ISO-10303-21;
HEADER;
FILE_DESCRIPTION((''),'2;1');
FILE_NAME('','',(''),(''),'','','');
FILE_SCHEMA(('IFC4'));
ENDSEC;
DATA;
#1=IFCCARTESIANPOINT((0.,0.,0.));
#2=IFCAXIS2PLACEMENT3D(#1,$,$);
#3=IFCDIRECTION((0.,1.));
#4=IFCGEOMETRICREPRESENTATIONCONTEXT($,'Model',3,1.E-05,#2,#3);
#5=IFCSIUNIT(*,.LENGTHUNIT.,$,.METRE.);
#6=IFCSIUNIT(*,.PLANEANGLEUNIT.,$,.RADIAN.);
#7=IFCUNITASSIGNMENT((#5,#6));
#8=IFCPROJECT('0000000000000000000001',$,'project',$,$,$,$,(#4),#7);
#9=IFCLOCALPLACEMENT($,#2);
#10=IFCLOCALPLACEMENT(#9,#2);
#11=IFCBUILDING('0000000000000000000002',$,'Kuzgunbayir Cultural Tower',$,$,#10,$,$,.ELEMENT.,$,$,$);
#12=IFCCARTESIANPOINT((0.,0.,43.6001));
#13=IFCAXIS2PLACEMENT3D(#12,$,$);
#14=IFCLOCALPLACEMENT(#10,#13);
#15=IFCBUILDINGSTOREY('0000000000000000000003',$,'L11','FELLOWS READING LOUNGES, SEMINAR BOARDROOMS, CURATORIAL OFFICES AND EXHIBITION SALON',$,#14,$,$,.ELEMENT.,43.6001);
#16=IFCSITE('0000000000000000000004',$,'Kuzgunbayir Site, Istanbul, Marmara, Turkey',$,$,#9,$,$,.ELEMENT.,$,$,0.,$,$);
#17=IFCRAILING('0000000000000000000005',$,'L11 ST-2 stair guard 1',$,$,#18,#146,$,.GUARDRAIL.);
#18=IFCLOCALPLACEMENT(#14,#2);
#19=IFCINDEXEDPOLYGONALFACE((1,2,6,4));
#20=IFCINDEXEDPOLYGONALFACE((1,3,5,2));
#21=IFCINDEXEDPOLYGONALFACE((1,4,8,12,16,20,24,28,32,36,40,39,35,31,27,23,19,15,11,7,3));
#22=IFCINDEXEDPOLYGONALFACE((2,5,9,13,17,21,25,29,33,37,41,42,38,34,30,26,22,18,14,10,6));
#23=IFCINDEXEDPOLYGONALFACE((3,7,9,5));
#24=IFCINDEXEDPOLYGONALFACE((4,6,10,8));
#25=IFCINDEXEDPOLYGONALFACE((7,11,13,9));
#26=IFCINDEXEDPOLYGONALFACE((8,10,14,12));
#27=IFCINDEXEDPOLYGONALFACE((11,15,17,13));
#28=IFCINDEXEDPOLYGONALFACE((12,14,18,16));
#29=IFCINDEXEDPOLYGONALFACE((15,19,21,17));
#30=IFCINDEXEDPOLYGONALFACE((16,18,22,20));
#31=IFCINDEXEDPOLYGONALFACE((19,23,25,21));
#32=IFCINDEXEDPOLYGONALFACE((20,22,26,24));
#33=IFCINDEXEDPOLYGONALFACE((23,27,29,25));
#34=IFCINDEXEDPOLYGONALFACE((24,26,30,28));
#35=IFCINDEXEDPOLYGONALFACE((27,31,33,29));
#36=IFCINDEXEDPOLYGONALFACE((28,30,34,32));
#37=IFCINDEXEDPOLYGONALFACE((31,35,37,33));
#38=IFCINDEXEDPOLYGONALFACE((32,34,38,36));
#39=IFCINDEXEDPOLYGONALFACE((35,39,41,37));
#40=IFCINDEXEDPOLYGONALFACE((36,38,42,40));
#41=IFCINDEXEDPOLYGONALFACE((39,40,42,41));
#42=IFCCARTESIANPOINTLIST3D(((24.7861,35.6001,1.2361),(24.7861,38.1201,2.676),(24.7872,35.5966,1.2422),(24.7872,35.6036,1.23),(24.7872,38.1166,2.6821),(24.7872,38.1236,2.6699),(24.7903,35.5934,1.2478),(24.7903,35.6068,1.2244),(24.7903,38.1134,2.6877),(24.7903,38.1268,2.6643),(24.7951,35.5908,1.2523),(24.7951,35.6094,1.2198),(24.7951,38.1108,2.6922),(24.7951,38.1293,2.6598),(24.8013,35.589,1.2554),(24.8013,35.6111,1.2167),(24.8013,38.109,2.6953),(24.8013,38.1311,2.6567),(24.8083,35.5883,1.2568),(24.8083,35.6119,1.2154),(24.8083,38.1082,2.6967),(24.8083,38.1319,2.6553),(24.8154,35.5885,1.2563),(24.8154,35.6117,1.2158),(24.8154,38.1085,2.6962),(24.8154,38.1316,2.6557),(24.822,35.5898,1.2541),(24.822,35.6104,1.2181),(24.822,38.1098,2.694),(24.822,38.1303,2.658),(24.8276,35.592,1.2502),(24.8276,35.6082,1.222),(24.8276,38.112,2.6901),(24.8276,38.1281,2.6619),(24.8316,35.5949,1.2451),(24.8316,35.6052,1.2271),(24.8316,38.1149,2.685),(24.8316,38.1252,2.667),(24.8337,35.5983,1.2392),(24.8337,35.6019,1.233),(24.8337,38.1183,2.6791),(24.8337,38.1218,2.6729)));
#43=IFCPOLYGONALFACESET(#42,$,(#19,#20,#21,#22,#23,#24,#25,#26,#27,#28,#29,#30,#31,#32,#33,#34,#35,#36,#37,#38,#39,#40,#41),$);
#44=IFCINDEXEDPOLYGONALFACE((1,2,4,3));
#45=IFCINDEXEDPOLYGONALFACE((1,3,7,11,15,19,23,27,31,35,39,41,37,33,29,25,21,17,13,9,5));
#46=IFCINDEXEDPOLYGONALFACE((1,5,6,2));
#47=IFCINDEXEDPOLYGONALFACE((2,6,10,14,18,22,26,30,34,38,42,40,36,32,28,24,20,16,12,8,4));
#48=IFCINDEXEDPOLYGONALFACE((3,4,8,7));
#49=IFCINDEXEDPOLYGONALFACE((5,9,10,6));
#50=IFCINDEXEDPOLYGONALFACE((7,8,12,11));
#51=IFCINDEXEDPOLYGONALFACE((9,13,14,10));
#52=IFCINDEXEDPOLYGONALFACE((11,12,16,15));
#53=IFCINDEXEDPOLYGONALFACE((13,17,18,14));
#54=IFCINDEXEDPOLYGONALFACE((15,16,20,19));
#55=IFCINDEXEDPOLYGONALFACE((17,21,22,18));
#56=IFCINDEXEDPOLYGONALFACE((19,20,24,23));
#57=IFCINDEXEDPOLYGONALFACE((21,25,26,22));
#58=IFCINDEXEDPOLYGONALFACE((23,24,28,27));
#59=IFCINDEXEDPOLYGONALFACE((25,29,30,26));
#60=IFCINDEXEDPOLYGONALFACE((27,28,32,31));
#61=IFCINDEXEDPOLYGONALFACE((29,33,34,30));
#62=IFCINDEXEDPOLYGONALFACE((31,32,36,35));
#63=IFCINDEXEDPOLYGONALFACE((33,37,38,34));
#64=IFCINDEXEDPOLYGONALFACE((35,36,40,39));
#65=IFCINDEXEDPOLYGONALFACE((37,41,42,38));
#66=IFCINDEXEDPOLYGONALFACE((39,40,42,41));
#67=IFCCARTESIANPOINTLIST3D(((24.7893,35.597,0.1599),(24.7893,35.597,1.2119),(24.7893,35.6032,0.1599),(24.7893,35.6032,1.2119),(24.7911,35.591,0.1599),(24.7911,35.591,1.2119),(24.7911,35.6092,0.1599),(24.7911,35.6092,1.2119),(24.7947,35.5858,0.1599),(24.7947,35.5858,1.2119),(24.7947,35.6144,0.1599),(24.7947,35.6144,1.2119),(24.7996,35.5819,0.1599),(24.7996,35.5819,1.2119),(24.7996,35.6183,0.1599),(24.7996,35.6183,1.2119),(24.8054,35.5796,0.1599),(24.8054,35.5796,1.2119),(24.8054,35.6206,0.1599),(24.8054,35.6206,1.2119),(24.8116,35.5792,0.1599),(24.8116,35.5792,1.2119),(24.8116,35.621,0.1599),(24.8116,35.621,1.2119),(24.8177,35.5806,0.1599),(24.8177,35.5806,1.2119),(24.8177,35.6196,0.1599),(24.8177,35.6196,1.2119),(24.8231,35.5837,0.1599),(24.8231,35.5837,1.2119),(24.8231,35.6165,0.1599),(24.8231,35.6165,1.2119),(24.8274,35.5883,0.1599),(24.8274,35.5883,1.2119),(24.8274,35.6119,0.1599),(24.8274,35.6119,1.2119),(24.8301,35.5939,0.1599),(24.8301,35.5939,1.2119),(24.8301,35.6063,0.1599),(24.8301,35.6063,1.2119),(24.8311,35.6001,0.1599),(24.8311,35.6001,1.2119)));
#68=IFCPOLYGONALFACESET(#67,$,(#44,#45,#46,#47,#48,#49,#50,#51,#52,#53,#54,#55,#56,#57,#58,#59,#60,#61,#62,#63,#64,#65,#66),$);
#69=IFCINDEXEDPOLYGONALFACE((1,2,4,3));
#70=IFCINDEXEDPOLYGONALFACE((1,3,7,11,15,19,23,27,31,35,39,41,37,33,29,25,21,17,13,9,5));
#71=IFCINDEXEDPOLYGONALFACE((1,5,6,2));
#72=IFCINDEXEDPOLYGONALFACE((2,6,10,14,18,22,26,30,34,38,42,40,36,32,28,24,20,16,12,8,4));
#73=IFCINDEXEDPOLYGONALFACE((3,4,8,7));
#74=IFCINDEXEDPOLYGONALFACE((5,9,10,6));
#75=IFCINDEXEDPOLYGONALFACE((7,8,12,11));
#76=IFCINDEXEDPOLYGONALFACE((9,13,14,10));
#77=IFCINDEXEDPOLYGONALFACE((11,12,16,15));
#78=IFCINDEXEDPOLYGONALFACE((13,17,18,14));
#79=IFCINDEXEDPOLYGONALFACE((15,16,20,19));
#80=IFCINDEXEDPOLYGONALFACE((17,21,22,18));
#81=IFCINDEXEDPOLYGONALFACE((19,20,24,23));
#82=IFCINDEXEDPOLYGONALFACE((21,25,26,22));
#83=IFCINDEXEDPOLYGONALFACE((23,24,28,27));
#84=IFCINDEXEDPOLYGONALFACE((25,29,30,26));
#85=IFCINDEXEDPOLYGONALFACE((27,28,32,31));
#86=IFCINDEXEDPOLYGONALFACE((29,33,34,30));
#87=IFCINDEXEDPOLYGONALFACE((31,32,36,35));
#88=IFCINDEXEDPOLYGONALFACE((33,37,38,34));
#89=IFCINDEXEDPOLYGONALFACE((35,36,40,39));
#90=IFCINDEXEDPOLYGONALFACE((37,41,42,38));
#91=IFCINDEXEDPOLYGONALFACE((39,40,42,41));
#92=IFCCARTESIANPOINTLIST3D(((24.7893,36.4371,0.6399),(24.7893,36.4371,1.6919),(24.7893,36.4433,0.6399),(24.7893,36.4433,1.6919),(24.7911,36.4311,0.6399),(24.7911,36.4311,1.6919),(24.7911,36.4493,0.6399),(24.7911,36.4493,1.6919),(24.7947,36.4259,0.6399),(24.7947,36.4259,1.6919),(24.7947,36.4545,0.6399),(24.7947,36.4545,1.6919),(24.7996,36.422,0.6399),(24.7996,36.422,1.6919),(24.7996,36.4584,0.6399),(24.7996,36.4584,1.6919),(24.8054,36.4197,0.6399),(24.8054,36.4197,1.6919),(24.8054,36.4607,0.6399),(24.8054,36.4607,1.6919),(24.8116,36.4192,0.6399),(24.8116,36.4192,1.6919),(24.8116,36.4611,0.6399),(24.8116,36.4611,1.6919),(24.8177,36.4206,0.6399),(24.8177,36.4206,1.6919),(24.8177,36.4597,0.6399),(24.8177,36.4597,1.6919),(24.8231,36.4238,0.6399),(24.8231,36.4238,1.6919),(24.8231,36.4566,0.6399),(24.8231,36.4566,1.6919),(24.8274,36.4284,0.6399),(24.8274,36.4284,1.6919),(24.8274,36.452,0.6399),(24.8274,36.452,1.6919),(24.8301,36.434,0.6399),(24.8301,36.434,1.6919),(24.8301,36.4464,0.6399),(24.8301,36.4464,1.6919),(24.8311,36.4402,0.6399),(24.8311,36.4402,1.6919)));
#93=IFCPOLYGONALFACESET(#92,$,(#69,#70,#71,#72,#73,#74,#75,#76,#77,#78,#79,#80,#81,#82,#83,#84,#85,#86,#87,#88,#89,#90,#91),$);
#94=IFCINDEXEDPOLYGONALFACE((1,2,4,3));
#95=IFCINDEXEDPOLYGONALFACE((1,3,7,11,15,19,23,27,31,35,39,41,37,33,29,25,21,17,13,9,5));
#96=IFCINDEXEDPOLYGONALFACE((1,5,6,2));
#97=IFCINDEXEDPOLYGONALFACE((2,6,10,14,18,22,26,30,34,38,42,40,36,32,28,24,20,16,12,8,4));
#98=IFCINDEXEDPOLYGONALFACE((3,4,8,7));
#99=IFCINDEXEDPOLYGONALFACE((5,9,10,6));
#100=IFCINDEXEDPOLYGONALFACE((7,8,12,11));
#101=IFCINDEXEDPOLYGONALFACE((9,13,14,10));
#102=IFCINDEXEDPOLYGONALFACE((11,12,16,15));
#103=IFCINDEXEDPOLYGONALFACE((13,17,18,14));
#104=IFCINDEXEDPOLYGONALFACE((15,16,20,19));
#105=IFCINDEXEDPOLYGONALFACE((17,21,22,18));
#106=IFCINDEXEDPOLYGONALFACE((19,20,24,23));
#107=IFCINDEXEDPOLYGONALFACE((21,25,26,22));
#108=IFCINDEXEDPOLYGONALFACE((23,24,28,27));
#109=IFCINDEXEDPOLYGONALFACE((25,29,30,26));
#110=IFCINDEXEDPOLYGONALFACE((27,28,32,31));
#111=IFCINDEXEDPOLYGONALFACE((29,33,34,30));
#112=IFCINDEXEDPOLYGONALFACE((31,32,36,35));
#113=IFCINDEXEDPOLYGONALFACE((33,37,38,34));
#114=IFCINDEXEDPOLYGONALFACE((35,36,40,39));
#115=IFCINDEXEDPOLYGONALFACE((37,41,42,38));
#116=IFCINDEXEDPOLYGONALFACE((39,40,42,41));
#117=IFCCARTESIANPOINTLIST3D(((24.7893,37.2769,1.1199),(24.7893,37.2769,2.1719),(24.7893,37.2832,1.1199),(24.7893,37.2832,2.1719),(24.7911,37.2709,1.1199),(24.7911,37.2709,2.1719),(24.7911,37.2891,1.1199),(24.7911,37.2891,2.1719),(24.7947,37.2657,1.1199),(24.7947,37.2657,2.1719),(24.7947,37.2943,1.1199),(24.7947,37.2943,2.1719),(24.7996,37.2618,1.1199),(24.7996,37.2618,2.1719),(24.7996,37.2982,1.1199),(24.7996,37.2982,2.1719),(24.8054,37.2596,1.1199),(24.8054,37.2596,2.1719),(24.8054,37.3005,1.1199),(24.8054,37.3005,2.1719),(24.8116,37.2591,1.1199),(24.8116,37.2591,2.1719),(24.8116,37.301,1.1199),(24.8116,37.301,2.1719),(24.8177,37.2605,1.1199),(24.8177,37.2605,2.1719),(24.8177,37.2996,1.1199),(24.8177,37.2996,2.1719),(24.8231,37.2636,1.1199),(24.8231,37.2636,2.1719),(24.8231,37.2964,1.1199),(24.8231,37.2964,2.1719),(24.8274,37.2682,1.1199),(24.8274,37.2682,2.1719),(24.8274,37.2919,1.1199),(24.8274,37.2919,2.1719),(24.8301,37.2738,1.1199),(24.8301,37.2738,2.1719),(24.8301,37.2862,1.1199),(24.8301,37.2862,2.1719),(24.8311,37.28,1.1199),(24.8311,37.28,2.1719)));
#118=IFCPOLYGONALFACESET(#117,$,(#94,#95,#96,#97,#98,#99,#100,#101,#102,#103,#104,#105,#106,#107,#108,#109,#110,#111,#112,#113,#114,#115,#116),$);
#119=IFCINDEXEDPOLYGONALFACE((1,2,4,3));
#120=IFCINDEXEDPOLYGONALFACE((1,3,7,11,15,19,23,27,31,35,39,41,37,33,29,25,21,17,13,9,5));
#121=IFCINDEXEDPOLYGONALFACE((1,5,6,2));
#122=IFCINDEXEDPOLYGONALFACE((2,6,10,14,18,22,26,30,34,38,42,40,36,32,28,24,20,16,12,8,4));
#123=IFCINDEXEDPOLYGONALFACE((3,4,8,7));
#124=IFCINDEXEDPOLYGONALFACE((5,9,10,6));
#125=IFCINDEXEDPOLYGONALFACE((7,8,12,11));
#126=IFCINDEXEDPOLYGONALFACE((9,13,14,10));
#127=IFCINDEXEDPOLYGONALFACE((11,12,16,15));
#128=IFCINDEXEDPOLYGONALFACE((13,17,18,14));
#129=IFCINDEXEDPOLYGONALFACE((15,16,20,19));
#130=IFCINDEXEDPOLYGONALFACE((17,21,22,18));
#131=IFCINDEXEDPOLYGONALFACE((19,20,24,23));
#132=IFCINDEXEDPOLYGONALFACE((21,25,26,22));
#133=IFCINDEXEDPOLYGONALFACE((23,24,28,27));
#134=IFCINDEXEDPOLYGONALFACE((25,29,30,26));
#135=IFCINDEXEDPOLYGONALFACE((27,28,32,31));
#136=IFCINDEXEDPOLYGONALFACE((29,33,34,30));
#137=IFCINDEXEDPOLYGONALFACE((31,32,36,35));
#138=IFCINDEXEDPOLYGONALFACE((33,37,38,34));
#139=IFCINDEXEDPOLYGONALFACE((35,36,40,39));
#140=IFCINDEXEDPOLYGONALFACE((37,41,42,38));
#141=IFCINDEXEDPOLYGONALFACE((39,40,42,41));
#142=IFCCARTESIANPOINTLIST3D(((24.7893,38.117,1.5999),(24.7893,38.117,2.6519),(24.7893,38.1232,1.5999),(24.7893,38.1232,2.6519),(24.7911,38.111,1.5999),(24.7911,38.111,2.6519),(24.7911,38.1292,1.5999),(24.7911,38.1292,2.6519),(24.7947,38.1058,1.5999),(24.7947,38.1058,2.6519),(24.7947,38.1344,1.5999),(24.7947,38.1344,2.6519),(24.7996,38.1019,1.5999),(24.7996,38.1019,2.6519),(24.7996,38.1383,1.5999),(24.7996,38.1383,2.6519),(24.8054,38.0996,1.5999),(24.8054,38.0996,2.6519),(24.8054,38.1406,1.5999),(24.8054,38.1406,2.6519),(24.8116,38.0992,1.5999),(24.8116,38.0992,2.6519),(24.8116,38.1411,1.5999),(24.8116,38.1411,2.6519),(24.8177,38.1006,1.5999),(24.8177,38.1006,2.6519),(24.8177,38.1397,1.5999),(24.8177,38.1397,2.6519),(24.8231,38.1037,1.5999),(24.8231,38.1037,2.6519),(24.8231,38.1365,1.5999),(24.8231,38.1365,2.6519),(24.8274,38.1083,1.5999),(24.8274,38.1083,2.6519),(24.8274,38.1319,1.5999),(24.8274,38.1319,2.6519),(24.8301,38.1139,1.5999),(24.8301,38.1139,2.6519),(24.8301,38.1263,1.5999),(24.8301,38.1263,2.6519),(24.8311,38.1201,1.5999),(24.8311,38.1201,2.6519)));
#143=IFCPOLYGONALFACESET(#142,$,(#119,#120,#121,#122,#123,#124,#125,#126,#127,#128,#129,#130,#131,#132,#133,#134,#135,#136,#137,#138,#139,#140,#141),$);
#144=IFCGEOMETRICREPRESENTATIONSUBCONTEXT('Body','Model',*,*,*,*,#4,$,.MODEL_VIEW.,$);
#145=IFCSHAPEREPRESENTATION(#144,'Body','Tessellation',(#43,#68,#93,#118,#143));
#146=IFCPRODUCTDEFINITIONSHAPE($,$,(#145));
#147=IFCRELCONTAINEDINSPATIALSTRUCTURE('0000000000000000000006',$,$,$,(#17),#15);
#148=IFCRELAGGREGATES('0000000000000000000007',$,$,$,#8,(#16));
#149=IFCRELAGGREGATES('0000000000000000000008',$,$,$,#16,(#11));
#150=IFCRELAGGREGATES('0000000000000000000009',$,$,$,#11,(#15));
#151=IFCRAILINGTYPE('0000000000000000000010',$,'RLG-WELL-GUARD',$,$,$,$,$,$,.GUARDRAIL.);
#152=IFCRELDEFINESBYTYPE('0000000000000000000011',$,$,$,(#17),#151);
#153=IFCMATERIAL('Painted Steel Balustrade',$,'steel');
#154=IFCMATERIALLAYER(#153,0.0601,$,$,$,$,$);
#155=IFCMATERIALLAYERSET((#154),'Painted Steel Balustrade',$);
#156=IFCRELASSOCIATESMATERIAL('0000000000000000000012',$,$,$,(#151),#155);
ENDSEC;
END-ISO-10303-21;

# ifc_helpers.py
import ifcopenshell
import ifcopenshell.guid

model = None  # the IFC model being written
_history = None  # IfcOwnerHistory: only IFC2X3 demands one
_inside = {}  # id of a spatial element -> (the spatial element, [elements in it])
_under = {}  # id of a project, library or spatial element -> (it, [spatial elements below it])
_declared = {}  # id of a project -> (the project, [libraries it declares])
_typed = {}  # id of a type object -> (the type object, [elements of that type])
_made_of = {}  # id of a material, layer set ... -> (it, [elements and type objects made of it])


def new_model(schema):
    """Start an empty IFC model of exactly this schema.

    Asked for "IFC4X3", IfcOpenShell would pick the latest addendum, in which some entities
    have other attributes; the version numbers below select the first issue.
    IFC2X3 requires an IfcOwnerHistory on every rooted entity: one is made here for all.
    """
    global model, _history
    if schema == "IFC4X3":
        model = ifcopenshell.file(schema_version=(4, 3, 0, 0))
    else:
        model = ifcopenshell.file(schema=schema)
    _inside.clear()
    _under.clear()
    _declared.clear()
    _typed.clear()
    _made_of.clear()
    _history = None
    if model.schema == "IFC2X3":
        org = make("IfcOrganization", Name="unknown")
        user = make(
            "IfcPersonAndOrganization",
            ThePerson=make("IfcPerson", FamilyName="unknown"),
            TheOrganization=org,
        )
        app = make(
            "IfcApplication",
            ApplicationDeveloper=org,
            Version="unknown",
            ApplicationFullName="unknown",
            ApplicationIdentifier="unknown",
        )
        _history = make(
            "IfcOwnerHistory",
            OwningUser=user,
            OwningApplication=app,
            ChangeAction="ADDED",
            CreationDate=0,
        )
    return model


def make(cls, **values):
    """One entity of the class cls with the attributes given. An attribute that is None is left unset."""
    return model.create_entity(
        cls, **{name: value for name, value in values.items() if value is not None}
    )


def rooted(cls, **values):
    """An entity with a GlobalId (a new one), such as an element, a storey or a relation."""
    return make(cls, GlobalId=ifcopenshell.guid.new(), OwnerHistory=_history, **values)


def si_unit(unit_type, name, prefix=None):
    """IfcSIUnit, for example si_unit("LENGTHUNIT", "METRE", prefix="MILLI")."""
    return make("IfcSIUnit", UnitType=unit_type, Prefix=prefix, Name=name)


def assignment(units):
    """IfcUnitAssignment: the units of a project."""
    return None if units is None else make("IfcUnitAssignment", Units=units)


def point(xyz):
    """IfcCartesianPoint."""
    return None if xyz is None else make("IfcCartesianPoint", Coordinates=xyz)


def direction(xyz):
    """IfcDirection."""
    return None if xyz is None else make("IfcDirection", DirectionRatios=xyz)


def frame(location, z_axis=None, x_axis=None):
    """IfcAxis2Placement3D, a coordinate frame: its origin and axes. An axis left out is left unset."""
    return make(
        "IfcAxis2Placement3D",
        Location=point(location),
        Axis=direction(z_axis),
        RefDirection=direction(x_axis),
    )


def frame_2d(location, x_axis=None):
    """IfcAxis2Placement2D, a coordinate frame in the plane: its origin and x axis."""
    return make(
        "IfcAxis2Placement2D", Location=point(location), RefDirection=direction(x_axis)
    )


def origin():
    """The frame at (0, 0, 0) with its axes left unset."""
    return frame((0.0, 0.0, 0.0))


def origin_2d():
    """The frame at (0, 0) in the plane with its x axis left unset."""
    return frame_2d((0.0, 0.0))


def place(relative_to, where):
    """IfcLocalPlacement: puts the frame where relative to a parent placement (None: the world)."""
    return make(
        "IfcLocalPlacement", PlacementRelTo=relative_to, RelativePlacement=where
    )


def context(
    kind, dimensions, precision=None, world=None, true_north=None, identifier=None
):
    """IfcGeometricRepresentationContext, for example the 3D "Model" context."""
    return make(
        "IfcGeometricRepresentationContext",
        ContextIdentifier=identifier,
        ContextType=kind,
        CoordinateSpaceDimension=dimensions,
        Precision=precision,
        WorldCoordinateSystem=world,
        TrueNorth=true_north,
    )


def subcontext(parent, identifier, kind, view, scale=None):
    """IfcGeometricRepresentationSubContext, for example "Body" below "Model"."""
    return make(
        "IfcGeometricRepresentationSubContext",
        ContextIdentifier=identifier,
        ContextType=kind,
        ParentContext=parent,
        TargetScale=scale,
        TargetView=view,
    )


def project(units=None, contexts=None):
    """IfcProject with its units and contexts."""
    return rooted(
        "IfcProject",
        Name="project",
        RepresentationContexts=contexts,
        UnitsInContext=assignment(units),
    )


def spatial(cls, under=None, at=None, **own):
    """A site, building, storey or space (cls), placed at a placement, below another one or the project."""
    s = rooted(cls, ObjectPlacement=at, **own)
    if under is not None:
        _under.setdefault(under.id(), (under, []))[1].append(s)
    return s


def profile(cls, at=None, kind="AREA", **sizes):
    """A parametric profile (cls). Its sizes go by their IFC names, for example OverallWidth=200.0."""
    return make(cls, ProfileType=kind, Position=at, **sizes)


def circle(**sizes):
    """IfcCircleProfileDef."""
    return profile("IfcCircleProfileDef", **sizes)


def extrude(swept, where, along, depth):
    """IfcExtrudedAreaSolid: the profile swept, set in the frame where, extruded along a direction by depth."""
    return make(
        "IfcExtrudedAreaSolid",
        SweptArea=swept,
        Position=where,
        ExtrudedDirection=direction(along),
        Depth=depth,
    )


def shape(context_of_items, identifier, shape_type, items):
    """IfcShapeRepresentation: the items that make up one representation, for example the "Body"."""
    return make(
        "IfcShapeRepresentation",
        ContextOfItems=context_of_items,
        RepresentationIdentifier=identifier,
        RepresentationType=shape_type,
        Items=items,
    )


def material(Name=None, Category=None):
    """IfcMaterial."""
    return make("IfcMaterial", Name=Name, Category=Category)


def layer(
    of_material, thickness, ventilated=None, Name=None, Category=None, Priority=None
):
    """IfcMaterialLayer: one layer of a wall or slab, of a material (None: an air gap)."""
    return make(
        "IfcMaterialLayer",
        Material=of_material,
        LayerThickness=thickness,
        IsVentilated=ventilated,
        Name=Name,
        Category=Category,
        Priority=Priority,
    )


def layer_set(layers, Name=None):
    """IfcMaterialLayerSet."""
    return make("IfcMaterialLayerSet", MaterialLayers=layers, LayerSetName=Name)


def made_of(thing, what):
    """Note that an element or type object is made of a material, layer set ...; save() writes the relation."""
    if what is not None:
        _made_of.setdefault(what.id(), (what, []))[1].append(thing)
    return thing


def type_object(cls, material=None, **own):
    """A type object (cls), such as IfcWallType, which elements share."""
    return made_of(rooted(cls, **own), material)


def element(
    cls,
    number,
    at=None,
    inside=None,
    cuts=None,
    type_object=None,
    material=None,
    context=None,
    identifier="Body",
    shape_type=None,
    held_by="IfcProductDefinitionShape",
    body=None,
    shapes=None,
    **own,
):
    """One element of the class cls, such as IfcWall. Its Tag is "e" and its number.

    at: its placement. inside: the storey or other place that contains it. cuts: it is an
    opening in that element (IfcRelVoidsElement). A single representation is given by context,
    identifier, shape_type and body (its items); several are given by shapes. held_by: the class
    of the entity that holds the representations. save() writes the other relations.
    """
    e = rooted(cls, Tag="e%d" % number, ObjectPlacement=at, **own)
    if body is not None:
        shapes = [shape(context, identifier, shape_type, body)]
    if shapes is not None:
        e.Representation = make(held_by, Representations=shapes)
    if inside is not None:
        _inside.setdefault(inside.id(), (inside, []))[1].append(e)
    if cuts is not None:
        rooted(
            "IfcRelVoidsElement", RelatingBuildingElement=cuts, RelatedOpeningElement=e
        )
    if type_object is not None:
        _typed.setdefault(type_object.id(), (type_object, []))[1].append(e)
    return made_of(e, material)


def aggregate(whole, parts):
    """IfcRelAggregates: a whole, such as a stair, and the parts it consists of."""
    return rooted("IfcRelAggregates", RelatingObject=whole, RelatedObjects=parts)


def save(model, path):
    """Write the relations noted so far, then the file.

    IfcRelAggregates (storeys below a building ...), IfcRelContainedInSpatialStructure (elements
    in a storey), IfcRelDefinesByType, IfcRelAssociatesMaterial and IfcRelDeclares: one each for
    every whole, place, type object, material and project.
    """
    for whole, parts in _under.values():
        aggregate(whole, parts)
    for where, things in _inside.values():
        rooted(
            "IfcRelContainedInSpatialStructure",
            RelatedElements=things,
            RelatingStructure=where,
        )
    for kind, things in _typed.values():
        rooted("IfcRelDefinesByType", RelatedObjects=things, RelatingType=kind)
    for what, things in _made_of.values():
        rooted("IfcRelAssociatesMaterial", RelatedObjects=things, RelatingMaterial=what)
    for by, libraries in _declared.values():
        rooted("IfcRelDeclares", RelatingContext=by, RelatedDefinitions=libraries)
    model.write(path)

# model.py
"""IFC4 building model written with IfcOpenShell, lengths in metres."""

from ifc_helpers import new_model, si_unit, direction, frame, origin, origin_2d, place, context, subcontext, project, spatial, circle, extrude, material, layer, layer_set, type_object, element, save


model = new_model("IFC4")

# Units and contexts
model_context = context("Model", 3, precision=1e-05, world=origin(), true_north=direction((0.0, 1.0)))
body_context = subcontext(model_context, "Body", "Model", "MODEL_VIEW")
ifc_project = project(units=[si_unit("LENGTHUNIT", "METRE"), si_unit("PLANEANGLEUNIT", "RADIAN")], contexts=[model_context])

# Site, building, storey
site_placement = place(None, origin())
site = spatial("IfcSite", under=ifc_project, at=site_placement, Name="Kuzgunbayir Site, Istanbul, Marmara, Turkey", CompositionType="ELEMENT", RefElevation=0.0)
building_placement = place(site_placement, origin())
building = spatial("IfcBuilding", under=site, at=building_placement, Name="Kuzgunbayir Cultural Tower", CompositionType="ELEMENT")
storey_placement = place(building_placement, frame((0.0, 0.0, 43.6001)))
storey = spatial("IfcBuildingStorey", under=building, at=storey_placement, Name="L11", Description="FELLOWS READING LOUNGES, SEMINAR BOARDROOMS, CURATORIAL OFFICES AND EXHIBITION SALON", CompositionType="ELEMENT", Elevation=43.6001)

# Railing
ifc_material_1 = material(Name="Painted Steel Balustrade", Category="steel")
ifc_layer_1 = layer(ifc_material_1, 0.0601)
ifc_layer_set_1 = layer_set([ifc_layer_1], Name="Painted Steel Balustrade")
railing_type_1 = type_object("IfcRailingType", Name="RLG-WELL-GUARD", PredefinedType="GUARDRAIL", material=ifc_layer_set_1)
railing_1_placement = place(storey_placement, frame((24.8101, 35.6001, 0.1599)))
element("IfcRailing", 1, at=railing_1_placement, inside=storey, type_object=railing_type_1, Name="L11 ST-2 stair guard 1", PredefinedType="GUARDRAIL", context=body_context, shape_type="SweptSolid", body=[
    extrude(circle(Radius=0.0239, at=origin_2d()), frame((0.0, 0.0, 1.0762), z_axis=(0.0, 0.868253, 0.496121), x_axis=(-1.0, 0.0, 0.0)), (0.0, 0.0, 1.0), 2.9023),
    extrude(circle(Radius=0.021, at=origin_2d()), origin(), (0.0, 0.0, 1.0), 1.052),
    extrude(circle(Radius=0.021, at=origin_2d()), frame((0.0, 0.8401, 0.48)), (0.0, 0.0, 1.0), 1.052),
    extrude(circle(Radius=0.021, at=origin_2d()), frame((0.0, 1.6799, 0.96)), (0.0, 0.0, 1.0), 1.052),
    extrude(circle(Radius=0.021, at=origin_2d()), frame((0.0, 2.52, 1.4399)), (0.0, 0.0, 1.0), 1.052),
])

save(model, "model.ifc")
